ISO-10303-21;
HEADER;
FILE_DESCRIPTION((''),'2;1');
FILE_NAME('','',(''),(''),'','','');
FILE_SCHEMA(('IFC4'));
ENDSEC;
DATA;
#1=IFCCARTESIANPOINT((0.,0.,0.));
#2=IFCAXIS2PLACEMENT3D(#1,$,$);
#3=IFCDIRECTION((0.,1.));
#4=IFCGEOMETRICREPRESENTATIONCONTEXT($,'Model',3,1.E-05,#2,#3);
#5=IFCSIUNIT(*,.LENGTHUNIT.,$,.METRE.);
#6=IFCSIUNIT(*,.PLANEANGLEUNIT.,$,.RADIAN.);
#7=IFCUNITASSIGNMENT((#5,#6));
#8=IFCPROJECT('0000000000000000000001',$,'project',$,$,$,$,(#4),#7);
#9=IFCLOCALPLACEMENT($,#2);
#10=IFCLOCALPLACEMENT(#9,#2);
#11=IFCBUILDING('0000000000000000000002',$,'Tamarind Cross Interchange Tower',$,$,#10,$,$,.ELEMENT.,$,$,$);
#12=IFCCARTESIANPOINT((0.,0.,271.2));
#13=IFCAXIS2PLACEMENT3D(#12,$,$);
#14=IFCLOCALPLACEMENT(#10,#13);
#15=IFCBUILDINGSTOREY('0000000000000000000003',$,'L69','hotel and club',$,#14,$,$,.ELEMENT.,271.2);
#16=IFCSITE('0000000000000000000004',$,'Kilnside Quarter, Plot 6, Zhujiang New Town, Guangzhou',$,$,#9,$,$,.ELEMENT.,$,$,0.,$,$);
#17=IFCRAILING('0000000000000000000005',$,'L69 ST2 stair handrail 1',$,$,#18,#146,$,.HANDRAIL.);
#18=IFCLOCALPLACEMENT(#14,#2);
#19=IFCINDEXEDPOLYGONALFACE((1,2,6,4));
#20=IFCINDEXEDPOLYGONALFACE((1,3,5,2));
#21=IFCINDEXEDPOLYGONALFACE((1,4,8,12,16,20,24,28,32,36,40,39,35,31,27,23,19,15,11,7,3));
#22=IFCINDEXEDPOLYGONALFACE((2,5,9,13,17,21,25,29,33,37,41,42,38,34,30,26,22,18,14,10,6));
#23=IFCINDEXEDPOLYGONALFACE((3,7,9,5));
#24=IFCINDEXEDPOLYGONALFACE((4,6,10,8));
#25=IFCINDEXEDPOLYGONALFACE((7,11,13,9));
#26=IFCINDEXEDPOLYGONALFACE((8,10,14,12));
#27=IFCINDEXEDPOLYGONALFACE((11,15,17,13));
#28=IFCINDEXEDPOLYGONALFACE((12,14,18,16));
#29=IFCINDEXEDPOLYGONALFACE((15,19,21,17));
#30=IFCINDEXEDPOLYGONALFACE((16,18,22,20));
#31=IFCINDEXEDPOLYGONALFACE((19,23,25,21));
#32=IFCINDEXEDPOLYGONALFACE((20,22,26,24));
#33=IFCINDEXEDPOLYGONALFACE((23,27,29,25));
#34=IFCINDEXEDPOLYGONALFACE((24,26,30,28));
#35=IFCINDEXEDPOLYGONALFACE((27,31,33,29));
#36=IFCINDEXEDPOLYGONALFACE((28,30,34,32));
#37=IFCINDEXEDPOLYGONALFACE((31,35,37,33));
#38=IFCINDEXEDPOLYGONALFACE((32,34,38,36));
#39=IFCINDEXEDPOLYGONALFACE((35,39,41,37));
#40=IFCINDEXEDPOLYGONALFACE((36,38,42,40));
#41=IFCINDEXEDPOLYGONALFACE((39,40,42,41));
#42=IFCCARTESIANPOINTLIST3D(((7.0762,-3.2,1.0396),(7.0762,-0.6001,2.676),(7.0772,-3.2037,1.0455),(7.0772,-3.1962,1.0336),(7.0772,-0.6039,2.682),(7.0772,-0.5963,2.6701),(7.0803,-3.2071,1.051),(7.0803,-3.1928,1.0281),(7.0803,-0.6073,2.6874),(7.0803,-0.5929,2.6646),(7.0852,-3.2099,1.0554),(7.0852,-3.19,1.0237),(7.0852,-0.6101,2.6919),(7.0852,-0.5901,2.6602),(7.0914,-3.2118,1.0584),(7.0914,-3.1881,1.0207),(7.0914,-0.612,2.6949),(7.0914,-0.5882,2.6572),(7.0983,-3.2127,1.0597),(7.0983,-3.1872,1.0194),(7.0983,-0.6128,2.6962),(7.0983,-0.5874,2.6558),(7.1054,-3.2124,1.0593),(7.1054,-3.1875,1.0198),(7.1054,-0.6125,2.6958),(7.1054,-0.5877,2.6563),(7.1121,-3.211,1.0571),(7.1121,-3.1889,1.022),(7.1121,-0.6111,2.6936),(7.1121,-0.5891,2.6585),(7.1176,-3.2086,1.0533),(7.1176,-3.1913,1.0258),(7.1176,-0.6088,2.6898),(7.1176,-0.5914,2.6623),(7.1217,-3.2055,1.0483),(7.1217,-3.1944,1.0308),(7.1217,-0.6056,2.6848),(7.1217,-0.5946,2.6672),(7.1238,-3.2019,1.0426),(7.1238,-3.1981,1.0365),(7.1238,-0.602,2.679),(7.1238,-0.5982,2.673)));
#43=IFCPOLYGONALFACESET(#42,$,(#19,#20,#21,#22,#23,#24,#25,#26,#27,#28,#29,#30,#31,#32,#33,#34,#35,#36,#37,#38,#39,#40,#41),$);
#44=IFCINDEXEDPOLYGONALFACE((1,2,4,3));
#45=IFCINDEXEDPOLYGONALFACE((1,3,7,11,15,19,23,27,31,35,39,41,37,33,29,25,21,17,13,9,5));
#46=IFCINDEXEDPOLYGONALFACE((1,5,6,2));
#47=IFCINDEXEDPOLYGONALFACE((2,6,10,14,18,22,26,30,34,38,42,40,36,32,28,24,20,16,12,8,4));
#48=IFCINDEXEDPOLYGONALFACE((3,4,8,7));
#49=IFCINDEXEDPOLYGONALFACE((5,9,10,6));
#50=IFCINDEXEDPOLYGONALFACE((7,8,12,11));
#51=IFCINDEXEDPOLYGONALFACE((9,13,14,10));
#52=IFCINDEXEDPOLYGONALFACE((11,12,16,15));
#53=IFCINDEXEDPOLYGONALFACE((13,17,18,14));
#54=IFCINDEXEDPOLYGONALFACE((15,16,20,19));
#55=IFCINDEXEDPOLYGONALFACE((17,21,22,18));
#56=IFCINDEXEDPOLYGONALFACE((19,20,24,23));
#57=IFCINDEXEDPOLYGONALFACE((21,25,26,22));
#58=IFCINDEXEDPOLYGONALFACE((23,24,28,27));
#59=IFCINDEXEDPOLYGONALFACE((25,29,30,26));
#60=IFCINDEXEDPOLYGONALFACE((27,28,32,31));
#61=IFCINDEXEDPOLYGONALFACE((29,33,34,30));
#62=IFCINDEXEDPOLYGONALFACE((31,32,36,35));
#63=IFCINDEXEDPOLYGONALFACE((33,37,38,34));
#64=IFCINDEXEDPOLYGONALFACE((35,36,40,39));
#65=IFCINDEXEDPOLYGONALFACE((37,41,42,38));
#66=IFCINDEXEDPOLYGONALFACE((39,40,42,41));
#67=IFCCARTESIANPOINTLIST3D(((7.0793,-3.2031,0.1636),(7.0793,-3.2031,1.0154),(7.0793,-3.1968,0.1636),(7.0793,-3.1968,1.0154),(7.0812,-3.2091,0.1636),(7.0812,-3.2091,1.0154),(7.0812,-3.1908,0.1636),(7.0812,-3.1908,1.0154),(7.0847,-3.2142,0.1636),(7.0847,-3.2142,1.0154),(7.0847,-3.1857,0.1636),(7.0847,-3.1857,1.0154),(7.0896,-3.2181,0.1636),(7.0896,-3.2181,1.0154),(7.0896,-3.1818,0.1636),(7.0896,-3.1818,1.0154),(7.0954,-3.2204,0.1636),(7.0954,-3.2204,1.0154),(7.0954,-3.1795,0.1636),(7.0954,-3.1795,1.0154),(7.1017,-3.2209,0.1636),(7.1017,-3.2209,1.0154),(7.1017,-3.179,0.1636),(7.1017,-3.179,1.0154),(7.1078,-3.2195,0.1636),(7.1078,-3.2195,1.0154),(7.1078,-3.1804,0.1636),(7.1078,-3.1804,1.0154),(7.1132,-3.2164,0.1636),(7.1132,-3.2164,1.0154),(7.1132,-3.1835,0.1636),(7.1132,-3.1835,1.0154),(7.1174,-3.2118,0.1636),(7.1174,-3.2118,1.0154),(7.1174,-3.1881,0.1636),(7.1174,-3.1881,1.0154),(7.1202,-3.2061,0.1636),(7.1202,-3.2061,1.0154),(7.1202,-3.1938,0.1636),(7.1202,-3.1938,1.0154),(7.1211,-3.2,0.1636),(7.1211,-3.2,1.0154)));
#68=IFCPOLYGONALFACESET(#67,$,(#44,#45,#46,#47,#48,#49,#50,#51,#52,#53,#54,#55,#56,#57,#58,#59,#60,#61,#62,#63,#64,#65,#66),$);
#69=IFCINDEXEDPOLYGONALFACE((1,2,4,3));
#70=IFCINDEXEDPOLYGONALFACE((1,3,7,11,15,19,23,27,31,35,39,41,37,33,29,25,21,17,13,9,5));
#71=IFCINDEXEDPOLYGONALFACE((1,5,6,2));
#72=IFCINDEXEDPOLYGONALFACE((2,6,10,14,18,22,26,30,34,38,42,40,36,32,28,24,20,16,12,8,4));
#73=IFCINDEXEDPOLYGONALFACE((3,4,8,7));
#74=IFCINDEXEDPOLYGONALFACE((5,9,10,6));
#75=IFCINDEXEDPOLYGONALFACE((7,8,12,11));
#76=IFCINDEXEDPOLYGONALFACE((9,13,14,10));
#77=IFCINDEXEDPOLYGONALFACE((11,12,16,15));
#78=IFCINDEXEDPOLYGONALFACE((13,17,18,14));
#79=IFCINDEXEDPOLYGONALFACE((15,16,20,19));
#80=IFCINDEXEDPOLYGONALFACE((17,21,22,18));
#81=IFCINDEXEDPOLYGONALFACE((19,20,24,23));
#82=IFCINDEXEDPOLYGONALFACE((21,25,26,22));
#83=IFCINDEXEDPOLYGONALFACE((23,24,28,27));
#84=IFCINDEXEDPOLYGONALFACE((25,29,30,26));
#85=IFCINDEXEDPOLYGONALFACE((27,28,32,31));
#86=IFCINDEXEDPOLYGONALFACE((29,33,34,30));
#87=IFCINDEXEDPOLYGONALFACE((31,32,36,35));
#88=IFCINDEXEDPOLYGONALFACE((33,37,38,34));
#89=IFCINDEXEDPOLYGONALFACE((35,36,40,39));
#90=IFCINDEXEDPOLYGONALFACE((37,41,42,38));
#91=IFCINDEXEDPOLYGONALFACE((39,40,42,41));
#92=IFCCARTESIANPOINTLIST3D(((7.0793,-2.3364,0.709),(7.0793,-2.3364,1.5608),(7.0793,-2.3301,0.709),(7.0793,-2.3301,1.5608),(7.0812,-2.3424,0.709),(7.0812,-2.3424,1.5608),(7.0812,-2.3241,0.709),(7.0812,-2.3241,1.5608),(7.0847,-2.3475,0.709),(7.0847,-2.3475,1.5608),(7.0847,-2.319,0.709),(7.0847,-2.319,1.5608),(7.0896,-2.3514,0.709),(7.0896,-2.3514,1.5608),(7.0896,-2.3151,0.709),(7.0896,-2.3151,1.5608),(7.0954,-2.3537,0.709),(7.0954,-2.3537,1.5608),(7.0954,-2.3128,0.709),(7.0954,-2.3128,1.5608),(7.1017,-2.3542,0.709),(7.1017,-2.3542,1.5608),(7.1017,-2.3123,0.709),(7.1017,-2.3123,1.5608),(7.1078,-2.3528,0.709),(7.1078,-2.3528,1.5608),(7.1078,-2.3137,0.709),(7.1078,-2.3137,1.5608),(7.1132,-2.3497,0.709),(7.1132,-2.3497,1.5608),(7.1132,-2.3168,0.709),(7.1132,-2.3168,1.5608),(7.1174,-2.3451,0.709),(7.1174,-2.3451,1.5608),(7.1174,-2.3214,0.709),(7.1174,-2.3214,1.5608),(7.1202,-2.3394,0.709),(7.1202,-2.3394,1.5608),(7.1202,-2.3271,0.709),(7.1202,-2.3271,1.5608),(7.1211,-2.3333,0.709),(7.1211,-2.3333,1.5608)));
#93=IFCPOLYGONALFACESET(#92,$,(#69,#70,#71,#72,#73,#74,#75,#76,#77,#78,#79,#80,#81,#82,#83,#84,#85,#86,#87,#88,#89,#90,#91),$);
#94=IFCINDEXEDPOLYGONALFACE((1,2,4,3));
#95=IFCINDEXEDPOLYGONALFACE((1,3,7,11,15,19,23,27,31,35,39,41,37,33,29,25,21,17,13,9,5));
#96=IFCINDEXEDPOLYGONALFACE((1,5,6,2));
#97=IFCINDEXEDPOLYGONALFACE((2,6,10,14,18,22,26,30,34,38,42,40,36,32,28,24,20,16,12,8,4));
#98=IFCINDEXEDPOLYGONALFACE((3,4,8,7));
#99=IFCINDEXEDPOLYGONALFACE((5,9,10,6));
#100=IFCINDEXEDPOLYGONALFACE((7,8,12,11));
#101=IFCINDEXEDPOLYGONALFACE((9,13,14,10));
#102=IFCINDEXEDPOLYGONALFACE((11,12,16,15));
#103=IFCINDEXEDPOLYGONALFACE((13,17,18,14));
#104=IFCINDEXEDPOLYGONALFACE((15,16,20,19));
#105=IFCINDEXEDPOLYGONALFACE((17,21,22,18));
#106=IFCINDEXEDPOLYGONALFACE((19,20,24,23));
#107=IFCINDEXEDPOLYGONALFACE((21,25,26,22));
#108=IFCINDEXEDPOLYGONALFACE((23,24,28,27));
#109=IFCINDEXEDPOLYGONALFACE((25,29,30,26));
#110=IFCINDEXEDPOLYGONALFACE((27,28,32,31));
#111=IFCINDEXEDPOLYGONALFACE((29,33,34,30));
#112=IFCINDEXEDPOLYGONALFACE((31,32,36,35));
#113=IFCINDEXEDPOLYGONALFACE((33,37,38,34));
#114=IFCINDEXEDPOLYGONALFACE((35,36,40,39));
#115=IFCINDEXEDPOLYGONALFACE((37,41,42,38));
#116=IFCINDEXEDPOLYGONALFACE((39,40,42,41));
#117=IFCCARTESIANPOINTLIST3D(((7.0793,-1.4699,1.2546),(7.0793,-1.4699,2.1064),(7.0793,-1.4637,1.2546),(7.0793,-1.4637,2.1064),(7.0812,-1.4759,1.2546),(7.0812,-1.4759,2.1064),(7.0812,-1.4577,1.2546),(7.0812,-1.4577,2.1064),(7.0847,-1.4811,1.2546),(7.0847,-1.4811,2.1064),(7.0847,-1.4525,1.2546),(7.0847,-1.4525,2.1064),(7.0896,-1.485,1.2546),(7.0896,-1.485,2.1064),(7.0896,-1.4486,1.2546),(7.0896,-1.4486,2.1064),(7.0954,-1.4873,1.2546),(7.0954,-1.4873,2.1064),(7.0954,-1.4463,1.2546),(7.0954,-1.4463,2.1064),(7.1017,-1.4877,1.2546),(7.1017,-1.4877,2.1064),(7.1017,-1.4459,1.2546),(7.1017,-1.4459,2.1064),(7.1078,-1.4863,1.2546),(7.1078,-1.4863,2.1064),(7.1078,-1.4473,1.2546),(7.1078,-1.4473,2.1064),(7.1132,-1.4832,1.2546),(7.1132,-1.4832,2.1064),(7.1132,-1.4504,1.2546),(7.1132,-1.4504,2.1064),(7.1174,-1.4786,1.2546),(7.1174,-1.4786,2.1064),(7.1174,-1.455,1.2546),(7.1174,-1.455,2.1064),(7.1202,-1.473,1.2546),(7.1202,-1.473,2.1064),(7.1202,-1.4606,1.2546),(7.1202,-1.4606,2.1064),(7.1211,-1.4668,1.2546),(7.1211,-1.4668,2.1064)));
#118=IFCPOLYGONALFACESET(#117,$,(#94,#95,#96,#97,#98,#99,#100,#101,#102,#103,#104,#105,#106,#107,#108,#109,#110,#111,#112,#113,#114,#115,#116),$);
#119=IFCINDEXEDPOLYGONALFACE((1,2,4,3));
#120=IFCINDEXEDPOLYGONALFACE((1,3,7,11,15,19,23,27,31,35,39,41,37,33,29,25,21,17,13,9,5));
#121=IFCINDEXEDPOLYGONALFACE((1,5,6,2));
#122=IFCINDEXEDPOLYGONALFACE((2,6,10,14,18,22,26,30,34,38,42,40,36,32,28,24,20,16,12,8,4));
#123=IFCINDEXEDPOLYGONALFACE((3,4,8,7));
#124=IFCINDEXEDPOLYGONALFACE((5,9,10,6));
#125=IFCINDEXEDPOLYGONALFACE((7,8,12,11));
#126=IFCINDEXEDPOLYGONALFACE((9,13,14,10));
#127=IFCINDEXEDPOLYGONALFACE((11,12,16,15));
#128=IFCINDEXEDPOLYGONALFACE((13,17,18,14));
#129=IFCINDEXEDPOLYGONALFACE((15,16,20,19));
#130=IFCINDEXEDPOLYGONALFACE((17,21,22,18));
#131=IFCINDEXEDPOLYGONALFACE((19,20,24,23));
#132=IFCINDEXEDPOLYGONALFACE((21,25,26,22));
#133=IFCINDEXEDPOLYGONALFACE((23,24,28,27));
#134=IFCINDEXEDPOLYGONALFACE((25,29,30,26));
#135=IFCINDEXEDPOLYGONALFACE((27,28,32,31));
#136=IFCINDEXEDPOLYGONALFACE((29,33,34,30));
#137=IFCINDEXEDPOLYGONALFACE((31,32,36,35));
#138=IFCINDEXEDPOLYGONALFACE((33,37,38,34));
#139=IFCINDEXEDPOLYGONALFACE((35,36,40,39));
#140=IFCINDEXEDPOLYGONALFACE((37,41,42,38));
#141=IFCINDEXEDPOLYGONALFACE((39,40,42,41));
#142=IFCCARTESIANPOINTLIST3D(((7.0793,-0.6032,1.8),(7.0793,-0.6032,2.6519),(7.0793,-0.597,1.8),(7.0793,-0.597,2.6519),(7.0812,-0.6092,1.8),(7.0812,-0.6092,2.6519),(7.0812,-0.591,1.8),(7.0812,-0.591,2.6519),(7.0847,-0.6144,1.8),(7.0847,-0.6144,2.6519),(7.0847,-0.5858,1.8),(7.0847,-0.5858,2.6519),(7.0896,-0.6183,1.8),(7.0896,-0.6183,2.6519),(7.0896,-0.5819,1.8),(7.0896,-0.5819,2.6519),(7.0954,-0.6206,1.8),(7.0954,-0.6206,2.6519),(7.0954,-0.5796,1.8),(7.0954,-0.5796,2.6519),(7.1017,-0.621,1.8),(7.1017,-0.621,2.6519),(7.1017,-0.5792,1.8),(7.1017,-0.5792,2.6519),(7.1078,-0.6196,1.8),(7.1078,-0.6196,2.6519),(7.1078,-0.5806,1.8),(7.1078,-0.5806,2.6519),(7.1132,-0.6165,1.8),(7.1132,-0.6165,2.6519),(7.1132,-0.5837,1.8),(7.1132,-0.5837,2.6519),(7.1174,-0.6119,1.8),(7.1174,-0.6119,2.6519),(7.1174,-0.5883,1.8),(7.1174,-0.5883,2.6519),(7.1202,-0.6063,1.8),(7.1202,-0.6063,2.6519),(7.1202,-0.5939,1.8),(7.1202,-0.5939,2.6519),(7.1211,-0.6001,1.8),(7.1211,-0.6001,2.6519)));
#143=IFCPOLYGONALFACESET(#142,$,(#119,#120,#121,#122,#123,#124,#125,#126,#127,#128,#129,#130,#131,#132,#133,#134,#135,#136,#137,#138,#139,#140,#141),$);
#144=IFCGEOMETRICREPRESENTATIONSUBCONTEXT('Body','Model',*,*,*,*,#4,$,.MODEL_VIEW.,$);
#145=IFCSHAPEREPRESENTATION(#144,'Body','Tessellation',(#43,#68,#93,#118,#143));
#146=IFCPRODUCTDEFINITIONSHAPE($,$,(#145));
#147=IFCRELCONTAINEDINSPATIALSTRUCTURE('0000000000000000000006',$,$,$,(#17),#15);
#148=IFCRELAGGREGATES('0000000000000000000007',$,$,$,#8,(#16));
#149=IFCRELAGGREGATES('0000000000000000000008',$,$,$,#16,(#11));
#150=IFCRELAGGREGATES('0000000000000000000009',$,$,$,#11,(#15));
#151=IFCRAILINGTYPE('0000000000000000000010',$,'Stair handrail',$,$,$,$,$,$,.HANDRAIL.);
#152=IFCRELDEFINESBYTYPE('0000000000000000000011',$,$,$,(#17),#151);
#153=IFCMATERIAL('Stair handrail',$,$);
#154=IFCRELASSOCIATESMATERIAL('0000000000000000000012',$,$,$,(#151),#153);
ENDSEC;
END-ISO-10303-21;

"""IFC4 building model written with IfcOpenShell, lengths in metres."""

from ifc_helpers import new_model, si_unit, direction, frame, origin, origin_2d, place, context, subcontext, project, spatial, circle, extrude, material, type_object, element, save


model = new_model("IFC4")

# Units and contexts
model_context = context("Model", 3, precision=1e-05, world=origin(), true_north=direction((0.0, 1.0)))
body_context = subcontext(model_context, "Body", "Model", "MODEL_VIEW")
ifc_project = project(units=[si_unit("LENGTHUNIT", "METRE"), si_unit("PLANEANGLEUNIT", "RADIAN")], contexts=[model_context])

# Site, building, storey
site_placement = place(None, origin())
site = spatial("IfcSite", under=ifc_project, at=site_placement, Name="Kilnside Quarter, Plot 6, Zhujiang New Town, Guangzhou", CompositionType="ELEMENT", RefElevation=0.0)
building_placement = place(site_placement, origin())
building = spatial("IfcBuilding", under=site, at=building_placement, Name="Tamarind Cross Interchange Tower", CompositionType="ELEMENT")
storey_placement = place(building_placement, frame((0.0, 0.0, 271.2)))
storey = spatial("IfcBuildingStorey", under=building, at=storey_placement, Name="L69", Description="hotel and club", CompositionType="ELEMENT", Elevation=271.2)

# Railing
ifc_material_1 = material(Name="Stair handrail")
railing_type_1 = type_object("IfcRailingType", Name="Stair handrail", PredefinedType="HANDRAIL", material=ifc_material_1)
railing_1_placement = place(storey_placement, frame((7.1001, -3.2, 0.1636)))
element("IfcRailing", 1, at=railing_1_placement, inside=storey, type_object=railing_type_1, Name="L69 ST2 stair handrail 1", PredefinedType="HANDRAIL", context=body_context, shape_type="SweptSolid", body=[
    extrude(circle(Radius=0.0239, at=origin_2d()), frame((0.0, 0.0, 0.876), z_axis=(0.0, 0.846302, 0.532704), x_axis=(-1.0, 0.0, 0.0)), (0.0, 0.0, 1.0), 3.072),
    extrude(circle(Radius=0.021, at=origin_2d()), origin(), (0.0, 0.0, 1.0), 0.8518),
    extrude(circle(Radius=0.021, at=origin_2d()), frame((0.0, 0.8667, 0.5454)), (0.0, 0.0, 1.0), 0.8518),
    extrude(circle(Radius=0.021, at=origin_2d()), frame((0.0, 1.7332, 1.0911)), (0.0, 0.0, 1.0), 0.8518),
    extrude(circle(Radius=0.021, at=origin_2d()), frame((0.0, 2.5999, 1.6365)), (0.0, 0.0, 1.0), 0.8518),
])

save(model, "model.ifc")
